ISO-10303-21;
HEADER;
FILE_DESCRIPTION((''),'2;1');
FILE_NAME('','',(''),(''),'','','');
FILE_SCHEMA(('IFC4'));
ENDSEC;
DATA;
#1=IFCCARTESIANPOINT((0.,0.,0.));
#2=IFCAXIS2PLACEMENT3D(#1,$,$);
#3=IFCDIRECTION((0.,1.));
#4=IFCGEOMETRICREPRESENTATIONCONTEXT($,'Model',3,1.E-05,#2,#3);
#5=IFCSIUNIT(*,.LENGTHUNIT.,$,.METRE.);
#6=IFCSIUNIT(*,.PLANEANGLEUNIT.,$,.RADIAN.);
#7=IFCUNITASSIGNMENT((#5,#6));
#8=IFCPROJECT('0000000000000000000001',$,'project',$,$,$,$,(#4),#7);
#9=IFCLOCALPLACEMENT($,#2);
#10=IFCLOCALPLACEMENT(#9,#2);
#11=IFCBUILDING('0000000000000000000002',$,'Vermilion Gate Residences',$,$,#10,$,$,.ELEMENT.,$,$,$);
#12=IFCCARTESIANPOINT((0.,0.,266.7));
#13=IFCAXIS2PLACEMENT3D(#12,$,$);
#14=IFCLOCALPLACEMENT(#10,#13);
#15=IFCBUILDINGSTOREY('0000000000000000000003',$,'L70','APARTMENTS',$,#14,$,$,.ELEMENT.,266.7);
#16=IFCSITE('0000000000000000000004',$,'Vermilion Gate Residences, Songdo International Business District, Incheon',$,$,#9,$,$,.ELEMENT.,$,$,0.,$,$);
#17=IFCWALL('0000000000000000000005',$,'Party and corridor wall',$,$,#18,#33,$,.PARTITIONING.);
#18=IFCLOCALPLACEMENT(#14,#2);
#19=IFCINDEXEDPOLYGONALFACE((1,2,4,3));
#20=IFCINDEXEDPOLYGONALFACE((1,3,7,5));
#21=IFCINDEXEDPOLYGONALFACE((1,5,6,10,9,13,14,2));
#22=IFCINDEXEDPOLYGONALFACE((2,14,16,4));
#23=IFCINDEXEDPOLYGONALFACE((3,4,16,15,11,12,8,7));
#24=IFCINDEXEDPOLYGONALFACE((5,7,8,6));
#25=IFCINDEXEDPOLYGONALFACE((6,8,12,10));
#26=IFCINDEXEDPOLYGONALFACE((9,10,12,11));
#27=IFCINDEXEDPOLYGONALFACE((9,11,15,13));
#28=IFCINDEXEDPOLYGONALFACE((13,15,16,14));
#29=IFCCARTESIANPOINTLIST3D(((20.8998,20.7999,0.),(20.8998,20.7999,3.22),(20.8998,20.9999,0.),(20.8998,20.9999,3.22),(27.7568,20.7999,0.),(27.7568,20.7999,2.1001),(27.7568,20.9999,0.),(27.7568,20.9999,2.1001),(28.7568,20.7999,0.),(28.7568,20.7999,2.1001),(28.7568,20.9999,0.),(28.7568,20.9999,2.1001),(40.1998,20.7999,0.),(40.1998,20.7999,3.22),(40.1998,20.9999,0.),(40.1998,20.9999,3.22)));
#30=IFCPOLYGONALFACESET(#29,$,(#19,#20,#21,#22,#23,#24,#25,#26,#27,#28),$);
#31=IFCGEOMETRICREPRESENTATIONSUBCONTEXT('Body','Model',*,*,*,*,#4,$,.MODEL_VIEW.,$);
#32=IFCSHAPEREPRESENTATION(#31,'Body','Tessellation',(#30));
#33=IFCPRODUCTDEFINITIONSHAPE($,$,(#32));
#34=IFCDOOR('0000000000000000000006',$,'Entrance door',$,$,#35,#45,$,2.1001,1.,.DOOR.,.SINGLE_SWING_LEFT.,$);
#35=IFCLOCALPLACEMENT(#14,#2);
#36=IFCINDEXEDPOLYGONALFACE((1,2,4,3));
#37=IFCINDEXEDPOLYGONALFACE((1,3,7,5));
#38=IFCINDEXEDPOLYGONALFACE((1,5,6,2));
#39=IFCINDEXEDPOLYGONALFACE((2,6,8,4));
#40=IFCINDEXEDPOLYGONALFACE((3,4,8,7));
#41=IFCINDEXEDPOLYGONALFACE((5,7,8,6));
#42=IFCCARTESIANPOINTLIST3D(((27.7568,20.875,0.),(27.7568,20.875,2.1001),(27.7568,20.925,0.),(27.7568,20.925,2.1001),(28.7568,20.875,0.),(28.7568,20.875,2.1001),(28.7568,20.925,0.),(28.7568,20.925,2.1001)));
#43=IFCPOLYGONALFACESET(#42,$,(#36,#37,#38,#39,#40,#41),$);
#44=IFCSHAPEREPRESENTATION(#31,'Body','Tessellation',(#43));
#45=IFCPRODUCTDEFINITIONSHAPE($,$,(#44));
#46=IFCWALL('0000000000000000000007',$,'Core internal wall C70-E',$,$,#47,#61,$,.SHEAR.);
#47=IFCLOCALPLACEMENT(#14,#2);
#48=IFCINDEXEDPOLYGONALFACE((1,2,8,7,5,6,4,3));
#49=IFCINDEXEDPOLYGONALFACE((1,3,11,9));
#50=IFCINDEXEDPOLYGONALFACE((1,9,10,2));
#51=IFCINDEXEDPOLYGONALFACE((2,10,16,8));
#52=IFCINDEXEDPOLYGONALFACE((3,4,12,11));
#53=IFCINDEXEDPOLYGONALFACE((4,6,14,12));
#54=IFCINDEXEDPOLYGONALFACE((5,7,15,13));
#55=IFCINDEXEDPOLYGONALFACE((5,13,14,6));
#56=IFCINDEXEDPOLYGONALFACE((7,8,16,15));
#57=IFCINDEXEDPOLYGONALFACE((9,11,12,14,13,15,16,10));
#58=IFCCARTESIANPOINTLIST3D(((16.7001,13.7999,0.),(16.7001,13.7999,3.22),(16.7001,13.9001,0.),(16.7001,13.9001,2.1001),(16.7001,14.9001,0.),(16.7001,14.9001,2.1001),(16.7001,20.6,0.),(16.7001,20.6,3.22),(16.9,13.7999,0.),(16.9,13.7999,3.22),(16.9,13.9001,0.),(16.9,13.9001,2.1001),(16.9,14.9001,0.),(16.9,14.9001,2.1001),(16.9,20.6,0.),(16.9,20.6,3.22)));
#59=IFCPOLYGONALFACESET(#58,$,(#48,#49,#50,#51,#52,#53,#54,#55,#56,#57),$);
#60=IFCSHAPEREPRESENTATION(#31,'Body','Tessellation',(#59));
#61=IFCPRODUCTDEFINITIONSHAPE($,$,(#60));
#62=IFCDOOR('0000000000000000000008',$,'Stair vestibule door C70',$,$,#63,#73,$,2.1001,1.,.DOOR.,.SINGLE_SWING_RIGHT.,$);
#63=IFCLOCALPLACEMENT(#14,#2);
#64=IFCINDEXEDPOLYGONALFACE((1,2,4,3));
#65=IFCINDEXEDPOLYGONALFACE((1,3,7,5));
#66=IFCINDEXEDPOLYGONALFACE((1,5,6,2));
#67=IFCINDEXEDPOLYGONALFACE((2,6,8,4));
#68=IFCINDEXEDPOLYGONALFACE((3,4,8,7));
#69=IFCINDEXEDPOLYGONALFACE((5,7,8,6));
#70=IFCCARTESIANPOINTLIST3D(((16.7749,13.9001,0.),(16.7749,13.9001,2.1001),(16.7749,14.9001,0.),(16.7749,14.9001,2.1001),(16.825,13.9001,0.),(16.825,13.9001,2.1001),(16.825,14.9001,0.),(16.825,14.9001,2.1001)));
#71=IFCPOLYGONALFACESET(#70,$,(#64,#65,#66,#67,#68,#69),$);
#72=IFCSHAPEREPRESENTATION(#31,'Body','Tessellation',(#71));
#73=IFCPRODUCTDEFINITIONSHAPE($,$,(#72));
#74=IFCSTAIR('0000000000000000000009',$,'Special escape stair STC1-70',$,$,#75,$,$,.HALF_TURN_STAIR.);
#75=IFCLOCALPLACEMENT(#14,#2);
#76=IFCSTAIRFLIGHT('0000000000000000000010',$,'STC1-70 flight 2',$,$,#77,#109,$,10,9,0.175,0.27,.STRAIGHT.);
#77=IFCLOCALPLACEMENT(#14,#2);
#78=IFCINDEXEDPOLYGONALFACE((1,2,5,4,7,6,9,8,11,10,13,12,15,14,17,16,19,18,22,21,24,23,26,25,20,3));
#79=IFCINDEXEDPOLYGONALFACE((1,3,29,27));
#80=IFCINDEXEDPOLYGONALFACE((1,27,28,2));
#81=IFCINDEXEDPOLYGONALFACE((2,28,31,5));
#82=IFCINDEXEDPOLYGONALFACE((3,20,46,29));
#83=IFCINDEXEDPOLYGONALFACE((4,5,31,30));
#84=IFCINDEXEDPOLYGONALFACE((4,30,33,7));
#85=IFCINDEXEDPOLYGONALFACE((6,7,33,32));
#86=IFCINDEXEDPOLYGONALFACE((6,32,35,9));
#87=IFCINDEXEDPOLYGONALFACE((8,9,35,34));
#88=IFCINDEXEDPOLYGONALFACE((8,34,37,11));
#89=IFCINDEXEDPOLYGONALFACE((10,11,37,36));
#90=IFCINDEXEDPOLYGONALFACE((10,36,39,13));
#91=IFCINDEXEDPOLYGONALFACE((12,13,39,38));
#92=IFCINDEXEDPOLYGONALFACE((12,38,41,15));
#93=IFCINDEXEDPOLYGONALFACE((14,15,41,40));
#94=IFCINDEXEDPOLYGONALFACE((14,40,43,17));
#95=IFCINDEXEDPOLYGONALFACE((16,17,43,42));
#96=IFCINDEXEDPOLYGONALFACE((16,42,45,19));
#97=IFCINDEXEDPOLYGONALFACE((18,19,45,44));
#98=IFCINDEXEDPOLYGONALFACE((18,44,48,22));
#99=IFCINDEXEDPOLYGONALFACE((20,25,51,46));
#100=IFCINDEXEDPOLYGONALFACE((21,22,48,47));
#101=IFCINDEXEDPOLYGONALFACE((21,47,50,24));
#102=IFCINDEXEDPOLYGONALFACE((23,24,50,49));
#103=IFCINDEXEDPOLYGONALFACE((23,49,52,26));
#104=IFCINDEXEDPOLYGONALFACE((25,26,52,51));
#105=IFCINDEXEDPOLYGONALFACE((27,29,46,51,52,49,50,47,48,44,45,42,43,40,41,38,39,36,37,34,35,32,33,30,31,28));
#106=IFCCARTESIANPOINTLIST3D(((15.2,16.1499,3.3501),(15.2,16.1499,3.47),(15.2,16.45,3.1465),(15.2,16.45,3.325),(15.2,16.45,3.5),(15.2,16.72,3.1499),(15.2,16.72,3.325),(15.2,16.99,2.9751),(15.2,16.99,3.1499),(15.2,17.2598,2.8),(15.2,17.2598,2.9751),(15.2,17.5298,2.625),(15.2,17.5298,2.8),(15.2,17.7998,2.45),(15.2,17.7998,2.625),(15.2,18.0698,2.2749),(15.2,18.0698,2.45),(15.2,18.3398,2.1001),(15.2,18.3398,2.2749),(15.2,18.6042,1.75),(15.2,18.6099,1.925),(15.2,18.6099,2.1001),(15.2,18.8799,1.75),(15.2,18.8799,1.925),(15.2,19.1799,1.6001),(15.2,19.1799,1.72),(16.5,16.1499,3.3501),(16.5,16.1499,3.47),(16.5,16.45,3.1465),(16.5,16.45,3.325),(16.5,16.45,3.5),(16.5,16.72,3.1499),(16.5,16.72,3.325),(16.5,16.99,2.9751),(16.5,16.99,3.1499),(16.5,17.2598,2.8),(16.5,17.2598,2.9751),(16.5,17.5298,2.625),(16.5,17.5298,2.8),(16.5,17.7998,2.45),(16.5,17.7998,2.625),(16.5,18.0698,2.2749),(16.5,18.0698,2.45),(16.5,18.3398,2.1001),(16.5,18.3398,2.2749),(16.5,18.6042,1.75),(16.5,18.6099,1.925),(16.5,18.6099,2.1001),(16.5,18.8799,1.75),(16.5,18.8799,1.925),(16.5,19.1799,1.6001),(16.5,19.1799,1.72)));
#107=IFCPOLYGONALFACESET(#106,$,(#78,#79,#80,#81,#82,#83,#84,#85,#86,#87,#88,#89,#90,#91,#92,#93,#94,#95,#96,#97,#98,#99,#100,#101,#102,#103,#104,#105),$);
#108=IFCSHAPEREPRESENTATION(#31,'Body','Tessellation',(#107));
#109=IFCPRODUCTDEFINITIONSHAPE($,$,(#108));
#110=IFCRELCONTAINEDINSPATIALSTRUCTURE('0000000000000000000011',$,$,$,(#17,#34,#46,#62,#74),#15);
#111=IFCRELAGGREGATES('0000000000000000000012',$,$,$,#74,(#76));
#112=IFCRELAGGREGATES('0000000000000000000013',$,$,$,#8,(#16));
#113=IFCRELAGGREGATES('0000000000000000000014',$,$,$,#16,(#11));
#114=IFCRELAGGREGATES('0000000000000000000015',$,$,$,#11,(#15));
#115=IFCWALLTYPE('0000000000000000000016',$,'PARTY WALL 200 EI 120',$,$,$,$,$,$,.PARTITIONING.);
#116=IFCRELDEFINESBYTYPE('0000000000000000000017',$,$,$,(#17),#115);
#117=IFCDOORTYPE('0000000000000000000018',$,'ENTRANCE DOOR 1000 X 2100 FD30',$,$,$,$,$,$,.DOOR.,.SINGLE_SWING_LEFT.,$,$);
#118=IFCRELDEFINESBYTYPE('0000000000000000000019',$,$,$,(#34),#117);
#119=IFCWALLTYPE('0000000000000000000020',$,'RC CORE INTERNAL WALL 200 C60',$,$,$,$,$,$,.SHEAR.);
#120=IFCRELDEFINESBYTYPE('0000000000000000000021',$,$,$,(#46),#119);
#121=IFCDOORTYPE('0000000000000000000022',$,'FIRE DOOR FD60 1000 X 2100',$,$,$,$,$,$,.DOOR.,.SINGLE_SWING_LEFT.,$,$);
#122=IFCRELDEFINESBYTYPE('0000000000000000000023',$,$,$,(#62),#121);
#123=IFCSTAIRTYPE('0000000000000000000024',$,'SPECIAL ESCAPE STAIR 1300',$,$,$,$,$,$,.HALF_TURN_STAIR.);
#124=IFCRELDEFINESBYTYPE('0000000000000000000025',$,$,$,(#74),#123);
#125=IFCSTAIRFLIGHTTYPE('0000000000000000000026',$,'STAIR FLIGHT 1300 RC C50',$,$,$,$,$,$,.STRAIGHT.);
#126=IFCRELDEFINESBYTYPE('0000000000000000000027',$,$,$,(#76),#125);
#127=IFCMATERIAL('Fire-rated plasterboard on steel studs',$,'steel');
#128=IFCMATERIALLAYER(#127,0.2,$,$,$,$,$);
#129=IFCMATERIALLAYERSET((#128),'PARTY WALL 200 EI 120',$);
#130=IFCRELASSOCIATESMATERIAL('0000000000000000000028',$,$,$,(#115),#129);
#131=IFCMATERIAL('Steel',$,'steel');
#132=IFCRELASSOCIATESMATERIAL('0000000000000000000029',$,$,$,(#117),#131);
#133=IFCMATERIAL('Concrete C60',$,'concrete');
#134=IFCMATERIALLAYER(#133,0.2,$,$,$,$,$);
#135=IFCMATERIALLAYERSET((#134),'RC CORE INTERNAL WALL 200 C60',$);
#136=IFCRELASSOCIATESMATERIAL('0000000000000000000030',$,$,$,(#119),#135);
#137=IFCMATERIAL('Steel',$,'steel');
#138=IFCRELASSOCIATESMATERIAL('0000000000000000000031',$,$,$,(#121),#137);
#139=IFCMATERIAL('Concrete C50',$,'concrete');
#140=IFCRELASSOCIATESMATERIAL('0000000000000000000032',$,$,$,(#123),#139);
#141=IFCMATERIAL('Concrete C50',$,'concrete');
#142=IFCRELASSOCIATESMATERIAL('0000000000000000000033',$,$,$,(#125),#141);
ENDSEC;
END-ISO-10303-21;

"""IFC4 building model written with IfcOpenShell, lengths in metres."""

from ifc_helpers import new_model, si_unit, direction, frame, frame_2d, origin, place, context, subcontext, project, spatial, polyline, rectangle, outline, extrude, material, layer, layer_set, type_object, element, fill, aggregate, save


model = new_model("IFC4")

# Units and contexts
model_context = context("Model", 3, precision=1e-05, world=origin(), true_north=direction((0.0, 1.0)))
body_context = subcontext(model_context, "Body", "Model", "MODEL_VIEW")
ifc_project = project(units=[si_unit("LENGTHUNIT", "METRE"), si_unit("PLANEANGLEUNIT", "RADIAN")], contexts=[model_context])

# Site, building, storey
site_placement = place(None, origin())
site = spatial("IfcSite", under=ifc_project, at=site_placement, Name="Vermilion Gate Residences, Songdo International Business District, Incheon", CompositionType="ELEMENT", RefElevation=0.0)
building_placement = place(site_placement, origin())
building = spatial("IfcBuilding", under=site, at=building_placement, Name="Vermilion Gate Residences", CompositionType="ELEMENT")
storey_placement = place(building_placement, frame((0.0, 0.0, 266.7)))
storey = spatial("IfcBuildingStorey", under=building, at=storey_placement, Name="L70", Description="APARTMENTS", CompositionType="ELEMENT", Elevation=266.7)

# Walls, openings, doors
ifc_material_1 = material(Name="Fire-rated plasterboard on steel studs", Category="steel")
ifc_layer_1 = layer(ifc_material_1, 0.2)
ifc_layer_set_1 = layer_set([ifc_layer_1], Name="PARTY WALL 200 EI 120")
wall_type_1 = type_object("IfcWallType", Name="PARTY WALL 200 EI 120", PredefinedType="PARTITIONING", material=ifc_layer_set_1)
wall_1_placement = place(storey_placement, frame((20.8999, 20.8999, 0.0), z_axis=(0.0, 0.0, 1.0), x_axis=(1.0, 0.0, 0.0)))
wall_1 = element("IfcWall", 1, at=wall_1_placement, inside=storey, type_object=wall_type_1, Name="Party and corridor wall", PredefinedType="PARTITIONING", context=body_context, shape_type="SweptSolid", body=[
    extrude(rectangle(XDim=19.3, YDim=0.2, at=frame_2d((9.6499, 0.0))), origin(), (0.0, 0.0, 1.0), 3.22),
])
opening_1_placement = place(wall_1_placement, frame((6.8569, 0.0, 0.0)))
opening_1 = element("IfcOpeningElement", 2, at=opening_1_placement, cuts=wall_1, PredefinedType="OPENING", context=body_context, shape_type="SweptSolid", body=[
    extrude(rectangle(XDim=1.0, YDim=2.1001, at=frame_2d((0.5, 1.05))), frame((0.0, 0.1099, 0.0), z_axis=(0.0, -1.0, 0.0), x_axis=(1.0, 0.0, 0.0)), (0.0, 0.0, 1.0), 0.22),
])
ifc_material_2 = material(Name="Steel", Category="steel")
door_type_1 = type_object("IfcDoorType", Name="ENTRANCE DOOR 1000 X 2100 FD30", OperationType="SINGLE_SWING_LEFT", PredefinedType="DOOR", material=ifc_material_2)
door_1_placement = place(opening_1_placement, frame((1.0, 0.0, 0.0), z_axis=(0.0, 0.0, 1.0), x_axis=(-1.0, 0.0, 0.0)))
door_1 = element("IfcDoor", 3, at=door_1_placement, inside=storey, type_object=door_type_1, Name="Entrance door", OperationType="SINGLE_SWING_LEFT", OverallHeight=2.1001, OverallWidth=1.0, PredefinedType="DOOR", context=body_context, shape_type="SweptSolid", body=[
    extrude(rectangle(XDim=1.0, YDim=2.1001, at=frame_2d((0.5, 1.05))), frame((0.0, 0.0249, 0.0), z_axis=(0.0, -1.0, 0.0), x_axis=(1.0, 0.0, 0.0)), (0.0, 0.0, 1.0), 0.05),
])
fill(opening_1, door_1)
ifc_material_3 = material(Name="Concrete C60", Category="concrete")
ifc_layer_2 = layer(ifc_material_3, 0.2)
ifc_layer_set_2 = layer_set([ifc_layer_2], Name="RC CORE INTERNAL WALL 200 C60")
wall_type_2 = type_object("IfcWallType", Name="RC CORE INTERNAL WALL 200 C60", PredefinedType="SHEAR", material=ifc_layer_set_2)
wall_2_placement = place(storey_placement, frame((16.8, 13.8, 0.0), z_axis=(0.0, 0.0, 1.0), x_axis=(0.0, 1.0, 0.0)))
wall_2 = element("IfcWall", 4, at=wall_2_placement, inside=storey, type_object=wall_type_2, Name="Core internal wall C70-E", PredefinedType="SHEAR", context=body_context, shape_type="SweptSolid", body=[
    extrude(rectangle(XDim=6.8, YDim=0.2, at=frame_2d((3.3999, 0.0))), origin(), (0.0, 0.0, 1.0), 3.22),
])
opening_2_placement = place(wall_2_placement, frame((0.1001, 0.0, 0.0)))
opening_2 = element("IfcOpeningElement", 5, at=opening_2_placement, cuts=wall_2, PredefinedType="OPENING", context=body_context, shape_type="SweptSolid", body=[
    extrude(rectangle(XDim=1.0, YDim=2.1001, at=frame_2d((0.5, 1.05))), frame((0.0, 0.1099, 0.0), z_axis=(0.0, -1.0, 0.0), x_axis=(1.0, 0.0, 0.0)), (0.0, 0.0, 1.0), 0.22),
])
ifc_material_4 = material(Name="Steel", Category="steel")
door_type_2 = type_object("IfcDoorType", Name="FIRE DOOR FD60 1000 X 2100", OperationType="SINGLE_SWING_LEFT", PredefinedType="DOOR", material=ifc_material_4)
door_2_placement = place(opening_2_placement, frame((1.0, 0.0, 0.0), z_axis=(0.0, 0.0, 1.0), x_axis=(-1.0, 0.0, 0.0)))
door_2 = element("IfcDoor", 6, at=door_2_placement, inside=storey, type_object=door_type_2, Name="Stair vestibule door C70", OperationType="SINGLE_SWING_RIGHT", OverallHeight=2.1001, OverallWidth=1.0, PredefinedType="DOOR", context=body_context, shape_type="SweptSolid", body=[
    extrude(rectangle(XDim=1.0, YDim=2.1001, at=frame_2d((0.5, 1.05))), frame((0.0, 0.0249, 0.0), z_axis=(0.0, -1.0, 0.0), x_axis=(1.0, 0.0, 0.0)), (0.0, 0.0, 1.0), 0.05),
])
fill(opening_2, door_2)

# Stair, stair flight
ifc_material_5 = material(Name="Concrete C50", Category="concrete")
stair_type = type_object("IfcStairType", Name="SPECIAL ESCAPE STAIR 1300", PredefinedType="HALF_TURN_STAIR", material=ifc_material_5)
stair_placement = place(storey_placement, origin())
stair = element("IfcStair", 7, at=stair_placement, inside=storey, type_object=stair_type, Name="Special escape stair STC1-70", PredefinedType="HALF_TURN_STAIR")
ifc_material_6 = material(Name="Concrete C50", Category="concrete")
stair_flight_type = type_object("IfcStairFlightType", Name="STAIR FLIGHT 1300 RC C50", PredefinedType="STRAIGHT", material=ifc_material_6)
stair_flight_placement = place(storey_placement, frame((15.8501, 18.8799, 1.75), z_axis=(0.0, 0.0, 1.0), x_axis=(0.0, -1.0, 0.0)))
stair_flight = element("IfcStairFlight", 8, at=stair_flight_placement, type_object=stair_flight_type, Name="STC1-70 flight 2", NumberOfRisers=10, NumberOfTreads=9, PredefinedType="STRAIGHT", RiserHeight=0.175, TreadLength=0.27, context=body_context, shape_type="SweptSolid", body=[
    extrude(outline(polyline([(-0.3, -0.1499), (-0.3, -0.03), (0.0, 0.0), (0.0, 0.175), (0.27, 0.175), (0.27, 0.3501), (0.54, 0.3501), (0.54, 0.5249), (0.8101, 0.5249), (0.8101, 0.7), (1.0801, 0.7), (1.0801, 0.875), (1.3501, 0.875), (1.3501, 1.05), (1.6201, 1.05), (1.6201, 1.2251), (1.8899, 1.2251), (1.8899, 1.3999), (2.1599, 1.3999), (2.1599, 1.575), (2.4299, 1.575), (2.4299, 1.75), (2.73, 1.72), (2.73, 1.6001), (2.4299, 1.3965), (0.2756, 0.0), (-0.3, -0.1499)])), frame((0.0, 0.6499, 0.0), z_axis=(0.0, -1.0, 0.0), x_axis=(1.0, 0.0, 0.0)), (0.0, 0.0, 1.0), 1.3),
])
aggregate(stair, [stair_flight])

save(model, "model.ifc")
